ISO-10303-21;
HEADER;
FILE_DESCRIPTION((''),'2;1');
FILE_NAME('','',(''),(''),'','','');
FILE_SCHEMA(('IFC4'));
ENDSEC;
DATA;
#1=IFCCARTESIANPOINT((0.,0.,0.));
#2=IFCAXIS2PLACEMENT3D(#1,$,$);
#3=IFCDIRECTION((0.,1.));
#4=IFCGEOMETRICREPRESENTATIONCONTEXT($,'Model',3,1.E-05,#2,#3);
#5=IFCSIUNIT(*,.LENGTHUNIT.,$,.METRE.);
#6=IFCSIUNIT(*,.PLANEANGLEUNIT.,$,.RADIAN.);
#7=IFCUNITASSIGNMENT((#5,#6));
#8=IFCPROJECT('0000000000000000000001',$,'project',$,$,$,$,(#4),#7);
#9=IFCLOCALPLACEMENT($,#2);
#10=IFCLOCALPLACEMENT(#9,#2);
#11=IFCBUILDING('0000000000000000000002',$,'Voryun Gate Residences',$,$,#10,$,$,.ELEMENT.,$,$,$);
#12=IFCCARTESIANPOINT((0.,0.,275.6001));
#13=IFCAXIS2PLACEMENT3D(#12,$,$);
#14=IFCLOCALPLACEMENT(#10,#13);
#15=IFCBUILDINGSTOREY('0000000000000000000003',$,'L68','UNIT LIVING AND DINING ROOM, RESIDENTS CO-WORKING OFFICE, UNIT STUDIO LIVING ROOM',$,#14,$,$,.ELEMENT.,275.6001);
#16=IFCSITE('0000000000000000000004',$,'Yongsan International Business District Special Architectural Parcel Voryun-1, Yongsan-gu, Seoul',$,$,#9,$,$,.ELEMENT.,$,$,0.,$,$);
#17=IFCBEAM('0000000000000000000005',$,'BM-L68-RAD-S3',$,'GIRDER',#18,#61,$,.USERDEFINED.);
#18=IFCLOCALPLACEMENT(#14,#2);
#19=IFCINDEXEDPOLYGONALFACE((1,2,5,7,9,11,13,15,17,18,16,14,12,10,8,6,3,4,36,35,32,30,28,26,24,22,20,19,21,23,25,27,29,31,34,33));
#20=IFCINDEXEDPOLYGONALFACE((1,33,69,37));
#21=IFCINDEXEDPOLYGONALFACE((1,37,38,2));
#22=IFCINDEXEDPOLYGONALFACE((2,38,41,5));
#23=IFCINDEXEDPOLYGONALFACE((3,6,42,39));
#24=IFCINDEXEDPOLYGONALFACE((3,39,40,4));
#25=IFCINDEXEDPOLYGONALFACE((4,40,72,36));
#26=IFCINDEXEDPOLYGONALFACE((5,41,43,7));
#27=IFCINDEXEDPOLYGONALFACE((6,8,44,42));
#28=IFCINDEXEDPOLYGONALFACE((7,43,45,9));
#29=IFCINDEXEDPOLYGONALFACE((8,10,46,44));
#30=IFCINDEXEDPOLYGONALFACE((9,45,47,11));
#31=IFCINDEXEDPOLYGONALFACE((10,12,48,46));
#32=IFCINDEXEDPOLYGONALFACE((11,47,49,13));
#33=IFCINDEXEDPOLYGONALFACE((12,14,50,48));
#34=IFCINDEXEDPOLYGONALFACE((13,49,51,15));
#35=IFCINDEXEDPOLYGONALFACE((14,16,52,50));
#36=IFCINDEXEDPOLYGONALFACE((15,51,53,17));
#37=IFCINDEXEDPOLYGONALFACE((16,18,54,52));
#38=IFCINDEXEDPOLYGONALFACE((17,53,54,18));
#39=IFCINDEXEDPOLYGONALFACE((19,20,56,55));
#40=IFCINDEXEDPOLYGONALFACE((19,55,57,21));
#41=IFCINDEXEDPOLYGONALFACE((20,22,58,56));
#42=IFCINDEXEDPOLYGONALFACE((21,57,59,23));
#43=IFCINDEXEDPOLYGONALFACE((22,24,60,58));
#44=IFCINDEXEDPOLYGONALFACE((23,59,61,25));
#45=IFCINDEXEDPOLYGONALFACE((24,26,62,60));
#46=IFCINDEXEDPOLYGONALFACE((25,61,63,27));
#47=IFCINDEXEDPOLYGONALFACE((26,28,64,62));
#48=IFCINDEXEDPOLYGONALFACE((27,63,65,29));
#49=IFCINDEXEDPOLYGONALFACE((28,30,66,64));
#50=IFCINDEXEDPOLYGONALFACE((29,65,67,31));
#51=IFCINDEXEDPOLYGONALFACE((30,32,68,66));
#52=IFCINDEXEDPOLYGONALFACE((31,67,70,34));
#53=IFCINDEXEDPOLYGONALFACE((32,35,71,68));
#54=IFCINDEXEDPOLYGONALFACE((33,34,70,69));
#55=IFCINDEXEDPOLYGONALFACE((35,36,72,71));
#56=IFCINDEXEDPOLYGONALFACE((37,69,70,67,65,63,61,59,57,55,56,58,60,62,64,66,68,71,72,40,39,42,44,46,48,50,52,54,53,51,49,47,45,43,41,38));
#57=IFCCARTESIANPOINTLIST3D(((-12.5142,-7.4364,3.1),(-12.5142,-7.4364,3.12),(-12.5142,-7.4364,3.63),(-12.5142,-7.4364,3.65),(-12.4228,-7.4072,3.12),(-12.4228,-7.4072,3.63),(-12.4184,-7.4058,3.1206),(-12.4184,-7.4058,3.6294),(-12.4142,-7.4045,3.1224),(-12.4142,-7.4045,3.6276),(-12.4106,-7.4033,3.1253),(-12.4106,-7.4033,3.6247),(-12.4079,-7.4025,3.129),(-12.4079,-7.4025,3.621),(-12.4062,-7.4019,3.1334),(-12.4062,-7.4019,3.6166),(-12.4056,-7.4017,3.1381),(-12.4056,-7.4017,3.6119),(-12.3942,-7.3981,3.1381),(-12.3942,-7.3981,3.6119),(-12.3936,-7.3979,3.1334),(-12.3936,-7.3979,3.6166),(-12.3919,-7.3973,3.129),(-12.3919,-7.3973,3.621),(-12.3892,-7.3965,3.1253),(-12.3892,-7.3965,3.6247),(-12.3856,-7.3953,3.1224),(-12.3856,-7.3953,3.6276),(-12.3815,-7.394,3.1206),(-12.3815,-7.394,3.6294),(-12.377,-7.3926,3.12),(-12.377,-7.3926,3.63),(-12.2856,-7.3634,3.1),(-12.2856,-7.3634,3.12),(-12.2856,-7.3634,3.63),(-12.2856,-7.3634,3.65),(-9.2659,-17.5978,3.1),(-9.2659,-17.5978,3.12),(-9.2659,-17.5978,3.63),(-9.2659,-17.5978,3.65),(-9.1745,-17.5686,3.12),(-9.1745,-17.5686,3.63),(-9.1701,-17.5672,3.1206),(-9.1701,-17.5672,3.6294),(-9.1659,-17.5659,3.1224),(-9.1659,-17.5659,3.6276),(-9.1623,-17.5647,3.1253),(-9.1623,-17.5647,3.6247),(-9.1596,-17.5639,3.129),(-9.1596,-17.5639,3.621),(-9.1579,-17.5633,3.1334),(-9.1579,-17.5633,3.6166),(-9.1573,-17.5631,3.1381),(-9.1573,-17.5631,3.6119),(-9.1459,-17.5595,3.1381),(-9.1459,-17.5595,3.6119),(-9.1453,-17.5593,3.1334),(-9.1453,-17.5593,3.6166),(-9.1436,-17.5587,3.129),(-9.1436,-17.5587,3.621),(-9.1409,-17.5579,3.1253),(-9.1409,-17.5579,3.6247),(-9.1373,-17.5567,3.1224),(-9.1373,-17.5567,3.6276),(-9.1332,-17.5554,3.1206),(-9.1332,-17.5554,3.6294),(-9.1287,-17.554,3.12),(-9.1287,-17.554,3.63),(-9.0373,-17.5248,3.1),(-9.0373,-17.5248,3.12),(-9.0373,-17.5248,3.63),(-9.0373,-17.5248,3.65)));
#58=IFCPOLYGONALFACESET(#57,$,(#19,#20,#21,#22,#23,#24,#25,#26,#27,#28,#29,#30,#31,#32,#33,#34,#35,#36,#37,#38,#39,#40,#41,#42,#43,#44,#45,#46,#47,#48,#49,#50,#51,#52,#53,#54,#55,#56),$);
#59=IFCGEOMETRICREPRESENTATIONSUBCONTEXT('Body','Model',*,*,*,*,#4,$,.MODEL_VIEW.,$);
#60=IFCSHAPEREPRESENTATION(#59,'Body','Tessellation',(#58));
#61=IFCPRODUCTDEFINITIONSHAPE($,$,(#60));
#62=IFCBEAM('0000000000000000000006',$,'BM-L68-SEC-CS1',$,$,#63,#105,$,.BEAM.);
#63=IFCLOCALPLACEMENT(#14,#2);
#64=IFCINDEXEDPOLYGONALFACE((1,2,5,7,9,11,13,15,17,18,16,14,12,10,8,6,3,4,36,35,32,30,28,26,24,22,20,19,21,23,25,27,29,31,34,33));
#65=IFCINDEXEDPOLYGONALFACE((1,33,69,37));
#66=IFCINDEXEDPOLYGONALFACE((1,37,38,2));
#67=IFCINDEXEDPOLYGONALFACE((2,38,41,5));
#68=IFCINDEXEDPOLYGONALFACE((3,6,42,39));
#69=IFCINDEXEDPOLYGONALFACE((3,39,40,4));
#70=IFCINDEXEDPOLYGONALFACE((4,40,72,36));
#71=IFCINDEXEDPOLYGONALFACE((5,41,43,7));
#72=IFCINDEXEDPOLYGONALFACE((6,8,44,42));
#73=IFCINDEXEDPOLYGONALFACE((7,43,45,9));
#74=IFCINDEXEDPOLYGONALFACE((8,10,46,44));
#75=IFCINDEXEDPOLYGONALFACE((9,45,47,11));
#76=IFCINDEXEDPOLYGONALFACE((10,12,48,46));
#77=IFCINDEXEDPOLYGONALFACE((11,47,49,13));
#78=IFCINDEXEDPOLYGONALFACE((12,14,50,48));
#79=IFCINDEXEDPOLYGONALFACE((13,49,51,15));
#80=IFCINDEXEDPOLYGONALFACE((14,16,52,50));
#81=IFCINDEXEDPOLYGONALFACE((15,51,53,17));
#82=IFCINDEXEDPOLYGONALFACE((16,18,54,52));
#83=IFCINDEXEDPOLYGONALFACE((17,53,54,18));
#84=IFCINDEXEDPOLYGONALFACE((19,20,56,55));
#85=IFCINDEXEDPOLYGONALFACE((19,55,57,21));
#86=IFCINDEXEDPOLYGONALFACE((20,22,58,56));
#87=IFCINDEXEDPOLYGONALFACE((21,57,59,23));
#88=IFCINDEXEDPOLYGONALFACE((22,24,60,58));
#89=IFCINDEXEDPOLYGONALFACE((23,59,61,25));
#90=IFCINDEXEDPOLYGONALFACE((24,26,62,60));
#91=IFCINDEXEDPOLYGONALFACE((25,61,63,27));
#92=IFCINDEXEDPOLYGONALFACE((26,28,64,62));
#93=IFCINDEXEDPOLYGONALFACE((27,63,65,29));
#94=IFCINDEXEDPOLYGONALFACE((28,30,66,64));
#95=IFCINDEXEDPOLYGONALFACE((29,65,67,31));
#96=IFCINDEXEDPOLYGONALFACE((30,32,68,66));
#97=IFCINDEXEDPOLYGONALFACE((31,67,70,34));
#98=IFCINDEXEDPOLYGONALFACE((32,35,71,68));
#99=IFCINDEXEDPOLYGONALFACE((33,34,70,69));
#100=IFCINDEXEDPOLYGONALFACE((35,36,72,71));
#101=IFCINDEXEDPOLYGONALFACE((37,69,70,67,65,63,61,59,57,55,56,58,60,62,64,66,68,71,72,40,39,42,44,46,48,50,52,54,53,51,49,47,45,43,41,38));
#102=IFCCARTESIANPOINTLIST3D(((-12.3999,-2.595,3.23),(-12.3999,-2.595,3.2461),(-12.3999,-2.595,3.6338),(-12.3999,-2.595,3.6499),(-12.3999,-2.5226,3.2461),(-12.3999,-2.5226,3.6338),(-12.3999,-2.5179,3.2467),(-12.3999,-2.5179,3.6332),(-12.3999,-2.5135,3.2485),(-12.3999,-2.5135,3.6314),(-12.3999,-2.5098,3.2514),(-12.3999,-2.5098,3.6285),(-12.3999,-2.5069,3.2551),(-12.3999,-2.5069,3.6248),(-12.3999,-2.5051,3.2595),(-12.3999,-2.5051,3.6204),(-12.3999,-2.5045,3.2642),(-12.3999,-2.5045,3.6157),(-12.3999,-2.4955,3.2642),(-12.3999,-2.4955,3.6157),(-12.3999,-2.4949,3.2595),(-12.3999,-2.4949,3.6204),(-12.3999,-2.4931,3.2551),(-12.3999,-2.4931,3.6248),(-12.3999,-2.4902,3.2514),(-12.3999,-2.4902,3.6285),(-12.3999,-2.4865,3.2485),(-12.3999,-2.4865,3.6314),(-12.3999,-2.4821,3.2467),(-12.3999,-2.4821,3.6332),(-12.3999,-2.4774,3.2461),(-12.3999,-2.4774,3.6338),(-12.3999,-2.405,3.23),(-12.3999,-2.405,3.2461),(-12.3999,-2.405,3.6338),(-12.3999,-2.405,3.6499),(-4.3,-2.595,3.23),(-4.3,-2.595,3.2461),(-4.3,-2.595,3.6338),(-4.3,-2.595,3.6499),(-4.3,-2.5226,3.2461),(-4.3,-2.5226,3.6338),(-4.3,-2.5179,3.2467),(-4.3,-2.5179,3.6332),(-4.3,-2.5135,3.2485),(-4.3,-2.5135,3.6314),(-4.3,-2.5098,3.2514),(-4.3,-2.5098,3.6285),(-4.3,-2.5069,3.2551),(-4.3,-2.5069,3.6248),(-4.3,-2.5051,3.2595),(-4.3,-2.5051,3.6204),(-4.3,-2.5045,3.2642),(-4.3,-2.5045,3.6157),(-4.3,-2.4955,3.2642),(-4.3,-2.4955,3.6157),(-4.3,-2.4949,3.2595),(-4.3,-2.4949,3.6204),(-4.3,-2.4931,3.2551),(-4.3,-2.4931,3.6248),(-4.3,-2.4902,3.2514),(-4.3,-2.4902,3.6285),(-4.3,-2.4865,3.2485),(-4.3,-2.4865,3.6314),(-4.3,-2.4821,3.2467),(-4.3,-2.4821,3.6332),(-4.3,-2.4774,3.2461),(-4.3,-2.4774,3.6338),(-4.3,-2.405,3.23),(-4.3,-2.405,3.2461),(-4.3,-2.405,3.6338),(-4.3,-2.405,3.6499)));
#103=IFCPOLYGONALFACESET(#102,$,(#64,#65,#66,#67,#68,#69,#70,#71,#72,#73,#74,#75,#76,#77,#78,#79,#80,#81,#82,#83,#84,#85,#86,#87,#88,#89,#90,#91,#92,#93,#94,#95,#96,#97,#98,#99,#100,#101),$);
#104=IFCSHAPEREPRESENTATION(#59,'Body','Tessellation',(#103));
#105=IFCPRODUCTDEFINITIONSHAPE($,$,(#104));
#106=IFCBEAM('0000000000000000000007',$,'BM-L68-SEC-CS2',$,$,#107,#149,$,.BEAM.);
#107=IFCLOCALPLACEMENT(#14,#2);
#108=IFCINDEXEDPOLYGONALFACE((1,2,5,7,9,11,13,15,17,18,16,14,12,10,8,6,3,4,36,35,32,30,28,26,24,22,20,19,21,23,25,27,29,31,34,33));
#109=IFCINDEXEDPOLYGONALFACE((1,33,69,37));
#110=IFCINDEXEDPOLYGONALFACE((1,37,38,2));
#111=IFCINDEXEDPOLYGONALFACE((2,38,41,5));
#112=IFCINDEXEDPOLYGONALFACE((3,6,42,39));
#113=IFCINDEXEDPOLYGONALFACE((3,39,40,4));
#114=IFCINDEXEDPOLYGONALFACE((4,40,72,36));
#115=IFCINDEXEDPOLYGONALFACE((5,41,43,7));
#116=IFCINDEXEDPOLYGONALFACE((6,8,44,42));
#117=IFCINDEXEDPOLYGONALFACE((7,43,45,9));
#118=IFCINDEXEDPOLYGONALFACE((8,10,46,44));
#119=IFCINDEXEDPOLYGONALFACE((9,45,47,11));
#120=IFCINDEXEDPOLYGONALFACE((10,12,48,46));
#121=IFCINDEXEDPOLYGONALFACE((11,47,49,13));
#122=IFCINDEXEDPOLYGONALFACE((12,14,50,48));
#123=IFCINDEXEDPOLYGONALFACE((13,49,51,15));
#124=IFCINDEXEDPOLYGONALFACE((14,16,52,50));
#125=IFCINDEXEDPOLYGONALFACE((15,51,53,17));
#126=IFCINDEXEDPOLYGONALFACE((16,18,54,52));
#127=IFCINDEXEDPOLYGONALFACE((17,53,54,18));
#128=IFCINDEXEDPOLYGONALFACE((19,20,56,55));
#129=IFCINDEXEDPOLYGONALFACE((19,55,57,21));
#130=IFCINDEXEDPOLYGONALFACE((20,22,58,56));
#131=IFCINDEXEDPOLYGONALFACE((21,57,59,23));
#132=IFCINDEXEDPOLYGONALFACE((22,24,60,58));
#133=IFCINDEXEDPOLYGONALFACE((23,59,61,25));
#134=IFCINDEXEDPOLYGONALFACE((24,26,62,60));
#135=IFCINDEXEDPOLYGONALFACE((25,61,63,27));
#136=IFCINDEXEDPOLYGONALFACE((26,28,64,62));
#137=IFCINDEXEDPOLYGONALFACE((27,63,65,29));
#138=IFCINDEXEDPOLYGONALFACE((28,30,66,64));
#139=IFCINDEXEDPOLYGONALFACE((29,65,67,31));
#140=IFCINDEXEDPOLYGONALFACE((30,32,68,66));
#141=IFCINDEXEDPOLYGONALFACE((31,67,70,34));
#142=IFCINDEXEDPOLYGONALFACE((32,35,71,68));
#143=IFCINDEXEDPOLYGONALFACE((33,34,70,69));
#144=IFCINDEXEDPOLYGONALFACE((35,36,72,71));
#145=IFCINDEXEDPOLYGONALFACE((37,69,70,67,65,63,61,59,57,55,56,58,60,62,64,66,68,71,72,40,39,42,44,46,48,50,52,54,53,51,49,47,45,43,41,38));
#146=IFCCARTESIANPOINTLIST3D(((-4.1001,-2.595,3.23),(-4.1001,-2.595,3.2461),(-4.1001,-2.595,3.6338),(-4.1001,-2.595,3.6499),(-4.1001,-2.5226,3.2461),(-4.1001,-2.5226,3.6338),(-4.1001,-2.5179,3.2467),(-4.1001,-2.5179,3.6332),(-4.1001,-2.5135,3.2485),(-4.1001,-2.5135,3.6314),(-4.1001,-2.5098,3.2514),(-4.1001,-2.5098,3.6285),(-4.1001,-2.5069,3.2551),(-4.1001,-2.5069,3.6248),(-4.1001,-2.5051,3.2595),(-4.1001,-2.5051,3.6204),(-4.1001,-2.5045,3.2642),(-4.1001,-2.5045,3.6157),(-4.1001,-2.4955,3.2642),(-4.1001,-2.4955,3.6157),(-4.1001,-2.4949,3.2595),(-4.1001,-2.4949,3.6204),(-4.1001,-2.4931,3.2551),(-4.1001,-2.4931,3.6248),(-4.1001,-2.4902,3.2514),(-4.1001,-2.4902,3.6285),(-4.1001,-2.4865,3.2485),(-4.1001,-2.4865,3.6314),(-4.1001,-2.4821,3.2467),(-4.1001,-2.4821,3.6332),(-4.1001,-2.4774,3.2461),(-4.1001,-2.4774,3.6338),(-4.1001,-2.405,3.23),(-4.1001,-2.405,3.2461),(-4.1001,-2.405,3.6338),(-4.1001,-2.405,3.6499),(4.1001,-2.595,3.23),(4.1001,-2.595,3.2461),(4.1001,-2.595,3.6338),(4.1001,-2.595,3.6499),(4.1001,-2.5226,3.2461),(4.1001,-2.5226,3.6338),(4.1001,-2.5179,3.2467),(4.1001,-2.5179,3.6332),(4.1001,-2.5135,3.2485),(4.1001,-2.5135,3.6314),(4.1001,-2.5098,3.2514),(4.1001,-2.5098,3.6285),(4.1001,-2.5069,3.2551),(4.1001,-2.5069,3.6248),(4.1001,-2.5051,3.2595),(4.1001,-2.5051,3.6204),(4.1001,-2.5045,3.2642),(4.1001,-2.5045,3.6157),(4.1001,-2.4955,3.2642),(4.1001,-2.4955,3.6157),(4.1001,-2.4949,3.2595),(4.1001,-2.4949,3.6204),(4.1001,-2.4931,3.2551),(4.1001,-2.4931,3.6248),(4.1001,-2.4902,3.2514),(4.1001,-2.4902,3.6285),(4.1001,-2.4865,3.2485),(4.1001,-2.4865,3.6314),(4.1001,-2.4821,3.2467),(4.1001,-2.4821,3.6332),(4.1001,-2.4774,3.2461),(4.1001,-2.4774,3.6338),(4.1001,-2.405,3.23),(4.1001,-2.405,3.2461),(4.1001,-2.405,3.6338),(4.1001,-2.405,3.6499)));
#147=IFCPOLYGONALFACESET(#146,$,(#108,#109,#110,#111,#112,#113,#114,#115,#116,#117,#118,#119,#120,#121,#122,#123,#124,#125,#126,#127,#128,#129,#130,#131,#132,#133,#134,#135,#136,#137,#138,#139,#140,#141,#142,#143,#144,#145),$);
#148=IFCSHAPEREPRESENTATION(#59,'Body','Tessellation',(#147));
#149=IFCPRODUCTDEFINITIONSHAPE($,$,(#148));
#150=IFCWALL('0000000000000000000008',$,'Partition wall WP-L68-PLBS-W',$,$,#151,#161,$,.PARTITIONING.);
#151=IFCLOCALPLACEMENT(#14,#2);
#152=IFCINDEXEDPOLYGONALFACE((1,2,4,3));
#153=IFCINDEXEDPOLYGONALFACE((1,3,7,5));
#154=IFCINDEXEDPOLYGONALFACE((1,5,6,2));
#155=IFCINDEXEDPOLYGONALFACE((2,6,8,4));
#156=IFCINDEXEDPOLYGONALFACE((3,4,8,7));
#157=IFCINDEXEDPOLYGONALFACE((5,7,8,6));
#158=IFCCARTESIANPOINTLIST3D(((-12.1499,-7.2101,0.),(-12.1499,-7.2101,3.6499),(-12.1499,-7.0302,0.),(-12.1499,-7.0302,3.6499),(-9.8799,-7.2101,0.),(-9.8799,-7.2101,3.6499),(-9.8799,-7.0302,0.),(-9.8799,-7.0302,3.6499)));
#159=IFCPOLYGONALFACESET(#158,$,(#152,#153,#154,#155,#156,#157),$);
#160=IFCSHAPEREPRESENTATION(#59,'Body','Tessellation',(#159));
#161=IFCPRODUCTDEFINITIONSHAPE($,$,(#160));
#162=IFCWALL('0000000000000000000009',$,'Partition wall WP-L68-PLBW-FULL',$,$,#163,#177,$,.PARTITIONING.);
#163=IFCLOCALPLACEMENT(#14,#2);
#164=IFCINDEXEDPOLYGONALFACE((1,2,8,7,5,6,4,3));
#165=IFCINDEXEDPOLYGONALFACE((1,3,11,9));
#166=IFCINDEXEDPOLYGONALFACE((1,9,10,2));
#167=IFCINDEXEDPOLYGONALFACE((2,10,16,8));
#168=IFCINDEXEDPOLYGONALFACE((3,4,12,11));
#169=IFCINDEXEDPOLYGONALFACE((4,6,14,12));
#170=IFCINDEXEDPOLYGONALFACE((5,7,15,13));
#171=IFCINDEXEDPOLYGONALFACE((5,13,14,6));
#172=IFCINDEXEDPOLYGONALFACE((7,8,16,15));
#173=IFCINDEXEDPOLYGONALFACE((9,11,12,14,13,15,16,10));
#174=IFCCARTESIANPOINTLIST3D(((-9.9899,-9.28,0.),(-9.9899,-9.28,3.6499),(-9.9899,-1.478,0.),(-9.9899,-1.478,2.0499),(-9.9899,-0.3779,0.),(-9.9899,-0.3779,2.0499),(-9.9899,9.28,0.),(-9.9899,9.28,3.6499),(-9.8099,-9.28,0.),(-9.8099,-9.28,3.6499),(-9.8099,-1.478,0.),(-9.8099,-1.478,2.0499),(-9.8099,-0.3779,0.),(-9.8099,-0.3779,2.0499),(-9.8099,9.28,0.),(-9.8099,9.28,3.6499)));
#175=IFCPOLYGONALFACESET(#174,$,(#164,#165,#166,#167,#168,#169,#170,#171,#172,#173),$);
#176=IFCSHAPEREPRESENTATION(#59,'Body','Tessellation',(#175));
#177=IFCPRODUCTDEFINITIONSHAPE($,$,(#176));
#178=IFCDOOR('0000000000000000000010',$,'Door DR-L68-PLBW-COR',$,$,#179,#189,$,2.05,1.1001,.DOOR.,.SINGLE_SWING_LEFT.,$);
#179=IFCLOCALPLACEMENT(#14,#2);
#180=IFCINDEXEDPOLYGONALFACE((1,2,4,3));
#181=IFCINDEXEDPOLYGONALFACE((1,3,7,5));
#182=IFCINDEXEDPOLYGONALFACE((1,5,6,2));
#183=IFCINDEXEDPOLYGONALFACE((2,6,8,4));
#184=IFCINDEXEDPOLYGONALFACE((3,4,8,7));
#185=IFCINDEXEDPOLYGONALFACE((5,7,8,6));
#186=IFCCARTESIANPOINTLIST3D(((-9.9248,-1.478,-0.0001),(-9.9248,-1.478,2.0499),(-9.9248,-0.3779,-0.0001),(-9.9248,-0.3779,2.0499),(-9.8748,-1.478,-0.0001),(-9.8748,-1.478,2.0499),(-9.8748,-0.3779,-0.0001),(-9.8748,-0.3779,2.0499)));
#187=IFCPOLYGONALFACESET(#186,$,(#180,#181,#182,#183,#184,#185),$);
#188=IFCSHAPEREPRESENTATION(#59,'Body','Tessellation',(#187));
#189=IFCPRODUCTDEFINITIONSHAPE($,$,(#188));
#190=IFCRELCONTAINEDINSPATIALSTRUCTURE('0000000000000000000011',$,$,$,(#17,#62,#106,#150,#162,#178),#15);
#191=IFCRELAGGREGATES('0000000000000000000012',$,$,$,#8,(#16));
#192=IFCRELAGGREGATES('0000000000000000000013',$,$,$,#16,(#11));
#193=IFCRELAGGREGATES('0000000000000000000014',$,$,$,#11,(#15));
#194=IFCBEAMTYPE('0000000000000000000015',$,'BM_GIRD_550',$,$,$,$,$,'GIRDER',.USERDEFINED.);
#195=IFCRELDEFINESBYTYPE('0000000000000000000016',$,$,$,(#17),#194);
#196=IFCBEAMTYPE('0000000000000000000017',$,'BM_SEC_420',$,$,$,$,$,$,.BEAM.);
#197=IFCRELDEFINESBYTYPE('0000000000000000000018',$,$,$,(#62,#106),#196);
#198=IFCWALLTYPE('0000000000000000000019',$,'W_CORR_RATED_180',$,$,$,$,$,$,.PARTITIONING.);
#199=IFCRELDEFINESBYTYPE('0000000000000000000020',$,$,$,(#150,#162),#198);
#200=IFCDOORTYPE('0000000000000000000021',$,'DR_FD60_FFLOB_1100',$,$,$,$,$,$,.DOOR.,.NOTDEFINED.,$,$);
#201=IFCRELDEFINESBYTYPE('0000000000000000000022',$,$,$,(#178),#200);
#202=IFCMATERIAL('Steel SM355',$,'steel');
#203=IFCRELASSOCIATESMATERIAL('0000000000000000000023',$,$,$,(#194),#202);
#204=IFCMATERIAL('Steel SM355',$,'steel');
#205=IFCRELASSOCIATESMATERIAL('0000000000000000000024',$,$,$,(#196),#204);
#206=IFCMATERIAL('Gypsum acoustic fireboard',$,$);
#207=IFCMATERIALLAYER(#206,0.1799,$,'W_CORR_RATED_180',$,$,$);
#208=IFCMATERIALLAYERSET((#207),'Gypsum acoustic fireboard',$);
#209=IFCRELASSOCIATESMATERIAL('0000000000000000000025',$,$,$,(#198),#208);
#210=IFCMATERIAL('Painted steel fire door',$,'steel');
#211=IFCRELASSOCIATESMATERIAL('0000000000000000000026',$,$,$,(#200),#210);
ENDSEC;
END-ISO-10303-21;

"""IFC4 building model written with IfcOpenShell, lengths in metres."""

from ifc_helpers import new_model, si_unit, direction, frame, frame_2d, origin, origin_2d, place, context, subcontext, project, spatial, rectangle, i_section, extrude, material, layer, layer_set, material_profile, profile_set, type_object, element, fill, save


model = new_model("IFC4")

# Units and contexts
model_context = context("Model", 3, precision=1e-05, world=origin(), true_north=direction((0.0, 1.0)))
body_context = subcontext(model_context, "Body", "Model", "MODEL_VIEW")
ifc_project = project(units=[si_unit("LENGTHUNIT", "METRE"), si_unit("PLANEANGLEUNIT", "RADIAN")], contexts=[model_context])

# Site, building, storey
site_placement = place(None, origin())
site = spatial("IfcSite", under=ifc_project, at=site_placement, Name="Yongsan International Business District Special Architectural Parcel Voryun-1, Yongsan-gu, Seoul", CompositionType="ELEMENT", RefElevation=0.0)
building_placement = place(site_placement, origin())
building = spatial("IfcBuilding", under=site, at=building_placement, Name="Voryun Gate Residences", CompositionType="ELEMENT")
storey_placement = place(building_placement, frame((0.0, 0.0, 275.6001)))
storey = spatial("IfcBuildingStorey", under=building, at=storey_placement, Name="L68", Description="UNIT LIVING AND DINING ROOM, RESIDENTS CO-WORKING OFFICE, UNIT STUDIO LIVING ROOM", CompositionType="ELEMENT", Elevation=275.6001)

# Beams
ifc_material_1 = material(Name="Steel SM355", Category="steel")
ifc_material_profile_1 = material_profile(ifc_material_1, i_section(OverallWidth=0.24, OverallDepth=0.55, WebThickness=0.012, FlangeThickness=0.02, FilletRadius=0.0181, at=origin_2d()), Name="H-550x240x12x20")
ifc_profile_set_1 = profile_set([ifc_material_profile_1], Name="Steel SM355")
beam_type_1 = type_object("IfcBeamType", Name="BM_GIRD_550", ElementType="GIRDER", PredefinedType="USERDEFINED", material=ifc_profile_set_1)
beam_1_placement = place(storey_placement, frame((-12.3999, -7.3999, 3.375), z_axis=(0.304491, -0.952515, 0.0), x_axis=(0.952515, 0.304491, 0.0)))
element("IfcBeam", 1, at=beam_1_placement, inside=storey, type_object=beam_type_1, Name="BM-L68-RAD-S3", ObjectType="GIRDER", PredefinedType="USERDEFINED", context=body_context, shape_type="SweptSolid", body=[
    extrude(i_section(OverallWidth=0.24, OverallDepth=0.55, WebThickness=0.012, FlangeThickness=0.02, FilletRadius=0.0181, at=origin_2d()), origin(), (0.0, 0.0, 1.0), 10.668),
])
ifc_material_2 = material(Name="Steel SM355", Category="steel")
ifc_material_profile_2 = material_profile(ifc_material_2, i_section(OverallWidth=0.1899, OverallDepth=0.4199, WebThickness=0.009, FlangeThickness=0.0161, FilletRadius=0.0181, at=origin_2d()), Name="H-420x190x9x16")
ifc_profile_set_2 = profile_set([ifc_material_profile_2], Name="Steel SM355")
beam_type_2 = type_object("IfcBeamType", Name="BM_SEC_420", PredefinedType="BEAM", material=ifc_profile_set_2)
beam_2_placement = place(storey_placement, frame((-12.3999, -2.5, 3.4399), z_axis=(1.0, 0.0, 0.0), x_axis=(0.0, 1.0, 0.0)))
element("IfcBeam", 2, at=beam_2_placement, inside=storey, type_object=beam_type_2, Name="BM-L68-SEC-CS1", PredefinedType="BEAM", context=body_context, shape_type="SweptSolid", body=[
    extrude(i_section(OverallWidth=0.1899, OverallDepth=0.4199, WebThickness=0.009, FlangeThickness=0.0161, FilletRadius=0.0181, at=origin_2d()), origin(), (0.0, 0.0, 1.0), 8.0999),
])
beam_3_placement = place(storey_placement, frame((-4.1001, -2.5, 3.4399), z_axis=(1.0, 0.0, 0.0), x_axis=(0.0, 1.0, 0.0)))
element("IfcBeam", 3, at=beam_3_placement, inside=storey, type_object=beam_type_2, Name="BM-L68-SEC-CS2", PredefinedType="BEAM", context=body_context, shape_type="SweptSolid", body=[
    extrude(i_section(OverallWidth=0.1899, OverallDepth=0.4199, WebThickness=0.009, FlangeThickness=0.0161, FilletRadius=0.0181, at=origin_2d()), origin(), (0.0, 0.0, 1.0), 8.2002),
])

# Wall
ifc_material_3 = material(Name="Gypsum acoustic fireboard")
ifc_layer_1 = layer(ifc_material_3, 0.1799, Name="W_CORR_RATED_180")
ifc_layer_set_1 = layer_set([ifc_layer_1], Name="Gypsum acoustic fireboard")
wall_type_1 = type_object("IfcWallType", Name="W_CORR_RATED_180", PredefinedType="PARTITIONING", material=ifc_layer_set_1)
wall_1_placement = place(storey_placement, frame((-12.1499, -7.1201, 0.0), z_axis=(0.0, 0.0, 1.0), x_axis=(1.0, 0.0, 0.0)))
element("IfcWall", 4, at=wall_1_placement, inside=storey, type_object=wall_type_1, Name="Partition wall WP-L68-PLBS-W", PredefinedType="PARTITIONING", context=body_context, shape_type="SweptSolid", body=[
    extrude(rectangle(XDim=2.27, YDim=0.1799, at=frame_2d((1.135, 0.0))), origin(), (0.0, 0.0, 1.0), 3.6499),
])

# Wall, opening, door
wall_2_placement = place(storey_placement, frame((-9.8999, -9.28, 0.0), z_axis=(0.0, 0.0, 1.0), x_axis=(0.0, 1.0, 0.0)))
wall_2 = element("IfcWall", 5, at=wall_2_placement, inside=storey, type_object=wall_type_1, Name="Partition wall WP-L68-PLBW-FULL", PredefinedType="PARTITIONING", context=body_context, shape_type="SweptSolid", body=[
    extrude(rectangle(XDim=18.5601, YDim=0.1799, at=frame_2d((9.28, 0.0))), origin(), (0.0, 0.0, 1.0), 3.6499),
])
opening_1_placement = place(wall_2_placement, frame((7.802, 0.0, 0.0)))
opening_1 = element("IfcOpeningElement", 6, at=opening_1_placement, cuts=wall_2, PredefinedType="OPENING", context=body_context, shape_type="SweptSolid", body=[
    extrude(rectangle(XDim=1.1001, YDim=2.05, at=frame_2d((0.55, 1.0249))), frame((0.0, 0.0999, 0.0), z_axis=(0.0, -1.0, 0.0), x_axis=(1.0, 0.0, 0.0)), (0.0, 0.0, 1.0), 0.2),
])
ifc_material_4 = material(Name="Painted steel fire door", Category="steel")
door_type_1 = type_object("IfcDoorType", Name="DR_FD60_FFLOB_1100", OperationType="NOTDEFINED", PredefinedType="DOOR", material=ifc_material_4)
door_1_placement = place(opening_1_placement, origin())
door_1 = element("IfcDoor", 7, at=door_1_placement, inside=storey, type_object=door_type_1, Name="Door DR-L68-PLBW-COR", OperationType="SINGLE_SWING_LEFT", OverallHeight=2.05, OverallWidth=1.1001, PredefinedType="DOOR", context=body_context, shape_type="SweptSolid", body=[
    extrude(rectangle(XDim=1.1001, YDim=2.05, at=frame_2d((0.55, 1.0249))), frame((0.0, 0.0249, 0.0), z_axis=(0.0, -1.0, 0.0), x_axis=(1.0, 0.0, 0.0)), (0.0, 0.0, 1.0), 0.05),
])
fill(opening_1, door_1)

save(model, "model.ifc")
